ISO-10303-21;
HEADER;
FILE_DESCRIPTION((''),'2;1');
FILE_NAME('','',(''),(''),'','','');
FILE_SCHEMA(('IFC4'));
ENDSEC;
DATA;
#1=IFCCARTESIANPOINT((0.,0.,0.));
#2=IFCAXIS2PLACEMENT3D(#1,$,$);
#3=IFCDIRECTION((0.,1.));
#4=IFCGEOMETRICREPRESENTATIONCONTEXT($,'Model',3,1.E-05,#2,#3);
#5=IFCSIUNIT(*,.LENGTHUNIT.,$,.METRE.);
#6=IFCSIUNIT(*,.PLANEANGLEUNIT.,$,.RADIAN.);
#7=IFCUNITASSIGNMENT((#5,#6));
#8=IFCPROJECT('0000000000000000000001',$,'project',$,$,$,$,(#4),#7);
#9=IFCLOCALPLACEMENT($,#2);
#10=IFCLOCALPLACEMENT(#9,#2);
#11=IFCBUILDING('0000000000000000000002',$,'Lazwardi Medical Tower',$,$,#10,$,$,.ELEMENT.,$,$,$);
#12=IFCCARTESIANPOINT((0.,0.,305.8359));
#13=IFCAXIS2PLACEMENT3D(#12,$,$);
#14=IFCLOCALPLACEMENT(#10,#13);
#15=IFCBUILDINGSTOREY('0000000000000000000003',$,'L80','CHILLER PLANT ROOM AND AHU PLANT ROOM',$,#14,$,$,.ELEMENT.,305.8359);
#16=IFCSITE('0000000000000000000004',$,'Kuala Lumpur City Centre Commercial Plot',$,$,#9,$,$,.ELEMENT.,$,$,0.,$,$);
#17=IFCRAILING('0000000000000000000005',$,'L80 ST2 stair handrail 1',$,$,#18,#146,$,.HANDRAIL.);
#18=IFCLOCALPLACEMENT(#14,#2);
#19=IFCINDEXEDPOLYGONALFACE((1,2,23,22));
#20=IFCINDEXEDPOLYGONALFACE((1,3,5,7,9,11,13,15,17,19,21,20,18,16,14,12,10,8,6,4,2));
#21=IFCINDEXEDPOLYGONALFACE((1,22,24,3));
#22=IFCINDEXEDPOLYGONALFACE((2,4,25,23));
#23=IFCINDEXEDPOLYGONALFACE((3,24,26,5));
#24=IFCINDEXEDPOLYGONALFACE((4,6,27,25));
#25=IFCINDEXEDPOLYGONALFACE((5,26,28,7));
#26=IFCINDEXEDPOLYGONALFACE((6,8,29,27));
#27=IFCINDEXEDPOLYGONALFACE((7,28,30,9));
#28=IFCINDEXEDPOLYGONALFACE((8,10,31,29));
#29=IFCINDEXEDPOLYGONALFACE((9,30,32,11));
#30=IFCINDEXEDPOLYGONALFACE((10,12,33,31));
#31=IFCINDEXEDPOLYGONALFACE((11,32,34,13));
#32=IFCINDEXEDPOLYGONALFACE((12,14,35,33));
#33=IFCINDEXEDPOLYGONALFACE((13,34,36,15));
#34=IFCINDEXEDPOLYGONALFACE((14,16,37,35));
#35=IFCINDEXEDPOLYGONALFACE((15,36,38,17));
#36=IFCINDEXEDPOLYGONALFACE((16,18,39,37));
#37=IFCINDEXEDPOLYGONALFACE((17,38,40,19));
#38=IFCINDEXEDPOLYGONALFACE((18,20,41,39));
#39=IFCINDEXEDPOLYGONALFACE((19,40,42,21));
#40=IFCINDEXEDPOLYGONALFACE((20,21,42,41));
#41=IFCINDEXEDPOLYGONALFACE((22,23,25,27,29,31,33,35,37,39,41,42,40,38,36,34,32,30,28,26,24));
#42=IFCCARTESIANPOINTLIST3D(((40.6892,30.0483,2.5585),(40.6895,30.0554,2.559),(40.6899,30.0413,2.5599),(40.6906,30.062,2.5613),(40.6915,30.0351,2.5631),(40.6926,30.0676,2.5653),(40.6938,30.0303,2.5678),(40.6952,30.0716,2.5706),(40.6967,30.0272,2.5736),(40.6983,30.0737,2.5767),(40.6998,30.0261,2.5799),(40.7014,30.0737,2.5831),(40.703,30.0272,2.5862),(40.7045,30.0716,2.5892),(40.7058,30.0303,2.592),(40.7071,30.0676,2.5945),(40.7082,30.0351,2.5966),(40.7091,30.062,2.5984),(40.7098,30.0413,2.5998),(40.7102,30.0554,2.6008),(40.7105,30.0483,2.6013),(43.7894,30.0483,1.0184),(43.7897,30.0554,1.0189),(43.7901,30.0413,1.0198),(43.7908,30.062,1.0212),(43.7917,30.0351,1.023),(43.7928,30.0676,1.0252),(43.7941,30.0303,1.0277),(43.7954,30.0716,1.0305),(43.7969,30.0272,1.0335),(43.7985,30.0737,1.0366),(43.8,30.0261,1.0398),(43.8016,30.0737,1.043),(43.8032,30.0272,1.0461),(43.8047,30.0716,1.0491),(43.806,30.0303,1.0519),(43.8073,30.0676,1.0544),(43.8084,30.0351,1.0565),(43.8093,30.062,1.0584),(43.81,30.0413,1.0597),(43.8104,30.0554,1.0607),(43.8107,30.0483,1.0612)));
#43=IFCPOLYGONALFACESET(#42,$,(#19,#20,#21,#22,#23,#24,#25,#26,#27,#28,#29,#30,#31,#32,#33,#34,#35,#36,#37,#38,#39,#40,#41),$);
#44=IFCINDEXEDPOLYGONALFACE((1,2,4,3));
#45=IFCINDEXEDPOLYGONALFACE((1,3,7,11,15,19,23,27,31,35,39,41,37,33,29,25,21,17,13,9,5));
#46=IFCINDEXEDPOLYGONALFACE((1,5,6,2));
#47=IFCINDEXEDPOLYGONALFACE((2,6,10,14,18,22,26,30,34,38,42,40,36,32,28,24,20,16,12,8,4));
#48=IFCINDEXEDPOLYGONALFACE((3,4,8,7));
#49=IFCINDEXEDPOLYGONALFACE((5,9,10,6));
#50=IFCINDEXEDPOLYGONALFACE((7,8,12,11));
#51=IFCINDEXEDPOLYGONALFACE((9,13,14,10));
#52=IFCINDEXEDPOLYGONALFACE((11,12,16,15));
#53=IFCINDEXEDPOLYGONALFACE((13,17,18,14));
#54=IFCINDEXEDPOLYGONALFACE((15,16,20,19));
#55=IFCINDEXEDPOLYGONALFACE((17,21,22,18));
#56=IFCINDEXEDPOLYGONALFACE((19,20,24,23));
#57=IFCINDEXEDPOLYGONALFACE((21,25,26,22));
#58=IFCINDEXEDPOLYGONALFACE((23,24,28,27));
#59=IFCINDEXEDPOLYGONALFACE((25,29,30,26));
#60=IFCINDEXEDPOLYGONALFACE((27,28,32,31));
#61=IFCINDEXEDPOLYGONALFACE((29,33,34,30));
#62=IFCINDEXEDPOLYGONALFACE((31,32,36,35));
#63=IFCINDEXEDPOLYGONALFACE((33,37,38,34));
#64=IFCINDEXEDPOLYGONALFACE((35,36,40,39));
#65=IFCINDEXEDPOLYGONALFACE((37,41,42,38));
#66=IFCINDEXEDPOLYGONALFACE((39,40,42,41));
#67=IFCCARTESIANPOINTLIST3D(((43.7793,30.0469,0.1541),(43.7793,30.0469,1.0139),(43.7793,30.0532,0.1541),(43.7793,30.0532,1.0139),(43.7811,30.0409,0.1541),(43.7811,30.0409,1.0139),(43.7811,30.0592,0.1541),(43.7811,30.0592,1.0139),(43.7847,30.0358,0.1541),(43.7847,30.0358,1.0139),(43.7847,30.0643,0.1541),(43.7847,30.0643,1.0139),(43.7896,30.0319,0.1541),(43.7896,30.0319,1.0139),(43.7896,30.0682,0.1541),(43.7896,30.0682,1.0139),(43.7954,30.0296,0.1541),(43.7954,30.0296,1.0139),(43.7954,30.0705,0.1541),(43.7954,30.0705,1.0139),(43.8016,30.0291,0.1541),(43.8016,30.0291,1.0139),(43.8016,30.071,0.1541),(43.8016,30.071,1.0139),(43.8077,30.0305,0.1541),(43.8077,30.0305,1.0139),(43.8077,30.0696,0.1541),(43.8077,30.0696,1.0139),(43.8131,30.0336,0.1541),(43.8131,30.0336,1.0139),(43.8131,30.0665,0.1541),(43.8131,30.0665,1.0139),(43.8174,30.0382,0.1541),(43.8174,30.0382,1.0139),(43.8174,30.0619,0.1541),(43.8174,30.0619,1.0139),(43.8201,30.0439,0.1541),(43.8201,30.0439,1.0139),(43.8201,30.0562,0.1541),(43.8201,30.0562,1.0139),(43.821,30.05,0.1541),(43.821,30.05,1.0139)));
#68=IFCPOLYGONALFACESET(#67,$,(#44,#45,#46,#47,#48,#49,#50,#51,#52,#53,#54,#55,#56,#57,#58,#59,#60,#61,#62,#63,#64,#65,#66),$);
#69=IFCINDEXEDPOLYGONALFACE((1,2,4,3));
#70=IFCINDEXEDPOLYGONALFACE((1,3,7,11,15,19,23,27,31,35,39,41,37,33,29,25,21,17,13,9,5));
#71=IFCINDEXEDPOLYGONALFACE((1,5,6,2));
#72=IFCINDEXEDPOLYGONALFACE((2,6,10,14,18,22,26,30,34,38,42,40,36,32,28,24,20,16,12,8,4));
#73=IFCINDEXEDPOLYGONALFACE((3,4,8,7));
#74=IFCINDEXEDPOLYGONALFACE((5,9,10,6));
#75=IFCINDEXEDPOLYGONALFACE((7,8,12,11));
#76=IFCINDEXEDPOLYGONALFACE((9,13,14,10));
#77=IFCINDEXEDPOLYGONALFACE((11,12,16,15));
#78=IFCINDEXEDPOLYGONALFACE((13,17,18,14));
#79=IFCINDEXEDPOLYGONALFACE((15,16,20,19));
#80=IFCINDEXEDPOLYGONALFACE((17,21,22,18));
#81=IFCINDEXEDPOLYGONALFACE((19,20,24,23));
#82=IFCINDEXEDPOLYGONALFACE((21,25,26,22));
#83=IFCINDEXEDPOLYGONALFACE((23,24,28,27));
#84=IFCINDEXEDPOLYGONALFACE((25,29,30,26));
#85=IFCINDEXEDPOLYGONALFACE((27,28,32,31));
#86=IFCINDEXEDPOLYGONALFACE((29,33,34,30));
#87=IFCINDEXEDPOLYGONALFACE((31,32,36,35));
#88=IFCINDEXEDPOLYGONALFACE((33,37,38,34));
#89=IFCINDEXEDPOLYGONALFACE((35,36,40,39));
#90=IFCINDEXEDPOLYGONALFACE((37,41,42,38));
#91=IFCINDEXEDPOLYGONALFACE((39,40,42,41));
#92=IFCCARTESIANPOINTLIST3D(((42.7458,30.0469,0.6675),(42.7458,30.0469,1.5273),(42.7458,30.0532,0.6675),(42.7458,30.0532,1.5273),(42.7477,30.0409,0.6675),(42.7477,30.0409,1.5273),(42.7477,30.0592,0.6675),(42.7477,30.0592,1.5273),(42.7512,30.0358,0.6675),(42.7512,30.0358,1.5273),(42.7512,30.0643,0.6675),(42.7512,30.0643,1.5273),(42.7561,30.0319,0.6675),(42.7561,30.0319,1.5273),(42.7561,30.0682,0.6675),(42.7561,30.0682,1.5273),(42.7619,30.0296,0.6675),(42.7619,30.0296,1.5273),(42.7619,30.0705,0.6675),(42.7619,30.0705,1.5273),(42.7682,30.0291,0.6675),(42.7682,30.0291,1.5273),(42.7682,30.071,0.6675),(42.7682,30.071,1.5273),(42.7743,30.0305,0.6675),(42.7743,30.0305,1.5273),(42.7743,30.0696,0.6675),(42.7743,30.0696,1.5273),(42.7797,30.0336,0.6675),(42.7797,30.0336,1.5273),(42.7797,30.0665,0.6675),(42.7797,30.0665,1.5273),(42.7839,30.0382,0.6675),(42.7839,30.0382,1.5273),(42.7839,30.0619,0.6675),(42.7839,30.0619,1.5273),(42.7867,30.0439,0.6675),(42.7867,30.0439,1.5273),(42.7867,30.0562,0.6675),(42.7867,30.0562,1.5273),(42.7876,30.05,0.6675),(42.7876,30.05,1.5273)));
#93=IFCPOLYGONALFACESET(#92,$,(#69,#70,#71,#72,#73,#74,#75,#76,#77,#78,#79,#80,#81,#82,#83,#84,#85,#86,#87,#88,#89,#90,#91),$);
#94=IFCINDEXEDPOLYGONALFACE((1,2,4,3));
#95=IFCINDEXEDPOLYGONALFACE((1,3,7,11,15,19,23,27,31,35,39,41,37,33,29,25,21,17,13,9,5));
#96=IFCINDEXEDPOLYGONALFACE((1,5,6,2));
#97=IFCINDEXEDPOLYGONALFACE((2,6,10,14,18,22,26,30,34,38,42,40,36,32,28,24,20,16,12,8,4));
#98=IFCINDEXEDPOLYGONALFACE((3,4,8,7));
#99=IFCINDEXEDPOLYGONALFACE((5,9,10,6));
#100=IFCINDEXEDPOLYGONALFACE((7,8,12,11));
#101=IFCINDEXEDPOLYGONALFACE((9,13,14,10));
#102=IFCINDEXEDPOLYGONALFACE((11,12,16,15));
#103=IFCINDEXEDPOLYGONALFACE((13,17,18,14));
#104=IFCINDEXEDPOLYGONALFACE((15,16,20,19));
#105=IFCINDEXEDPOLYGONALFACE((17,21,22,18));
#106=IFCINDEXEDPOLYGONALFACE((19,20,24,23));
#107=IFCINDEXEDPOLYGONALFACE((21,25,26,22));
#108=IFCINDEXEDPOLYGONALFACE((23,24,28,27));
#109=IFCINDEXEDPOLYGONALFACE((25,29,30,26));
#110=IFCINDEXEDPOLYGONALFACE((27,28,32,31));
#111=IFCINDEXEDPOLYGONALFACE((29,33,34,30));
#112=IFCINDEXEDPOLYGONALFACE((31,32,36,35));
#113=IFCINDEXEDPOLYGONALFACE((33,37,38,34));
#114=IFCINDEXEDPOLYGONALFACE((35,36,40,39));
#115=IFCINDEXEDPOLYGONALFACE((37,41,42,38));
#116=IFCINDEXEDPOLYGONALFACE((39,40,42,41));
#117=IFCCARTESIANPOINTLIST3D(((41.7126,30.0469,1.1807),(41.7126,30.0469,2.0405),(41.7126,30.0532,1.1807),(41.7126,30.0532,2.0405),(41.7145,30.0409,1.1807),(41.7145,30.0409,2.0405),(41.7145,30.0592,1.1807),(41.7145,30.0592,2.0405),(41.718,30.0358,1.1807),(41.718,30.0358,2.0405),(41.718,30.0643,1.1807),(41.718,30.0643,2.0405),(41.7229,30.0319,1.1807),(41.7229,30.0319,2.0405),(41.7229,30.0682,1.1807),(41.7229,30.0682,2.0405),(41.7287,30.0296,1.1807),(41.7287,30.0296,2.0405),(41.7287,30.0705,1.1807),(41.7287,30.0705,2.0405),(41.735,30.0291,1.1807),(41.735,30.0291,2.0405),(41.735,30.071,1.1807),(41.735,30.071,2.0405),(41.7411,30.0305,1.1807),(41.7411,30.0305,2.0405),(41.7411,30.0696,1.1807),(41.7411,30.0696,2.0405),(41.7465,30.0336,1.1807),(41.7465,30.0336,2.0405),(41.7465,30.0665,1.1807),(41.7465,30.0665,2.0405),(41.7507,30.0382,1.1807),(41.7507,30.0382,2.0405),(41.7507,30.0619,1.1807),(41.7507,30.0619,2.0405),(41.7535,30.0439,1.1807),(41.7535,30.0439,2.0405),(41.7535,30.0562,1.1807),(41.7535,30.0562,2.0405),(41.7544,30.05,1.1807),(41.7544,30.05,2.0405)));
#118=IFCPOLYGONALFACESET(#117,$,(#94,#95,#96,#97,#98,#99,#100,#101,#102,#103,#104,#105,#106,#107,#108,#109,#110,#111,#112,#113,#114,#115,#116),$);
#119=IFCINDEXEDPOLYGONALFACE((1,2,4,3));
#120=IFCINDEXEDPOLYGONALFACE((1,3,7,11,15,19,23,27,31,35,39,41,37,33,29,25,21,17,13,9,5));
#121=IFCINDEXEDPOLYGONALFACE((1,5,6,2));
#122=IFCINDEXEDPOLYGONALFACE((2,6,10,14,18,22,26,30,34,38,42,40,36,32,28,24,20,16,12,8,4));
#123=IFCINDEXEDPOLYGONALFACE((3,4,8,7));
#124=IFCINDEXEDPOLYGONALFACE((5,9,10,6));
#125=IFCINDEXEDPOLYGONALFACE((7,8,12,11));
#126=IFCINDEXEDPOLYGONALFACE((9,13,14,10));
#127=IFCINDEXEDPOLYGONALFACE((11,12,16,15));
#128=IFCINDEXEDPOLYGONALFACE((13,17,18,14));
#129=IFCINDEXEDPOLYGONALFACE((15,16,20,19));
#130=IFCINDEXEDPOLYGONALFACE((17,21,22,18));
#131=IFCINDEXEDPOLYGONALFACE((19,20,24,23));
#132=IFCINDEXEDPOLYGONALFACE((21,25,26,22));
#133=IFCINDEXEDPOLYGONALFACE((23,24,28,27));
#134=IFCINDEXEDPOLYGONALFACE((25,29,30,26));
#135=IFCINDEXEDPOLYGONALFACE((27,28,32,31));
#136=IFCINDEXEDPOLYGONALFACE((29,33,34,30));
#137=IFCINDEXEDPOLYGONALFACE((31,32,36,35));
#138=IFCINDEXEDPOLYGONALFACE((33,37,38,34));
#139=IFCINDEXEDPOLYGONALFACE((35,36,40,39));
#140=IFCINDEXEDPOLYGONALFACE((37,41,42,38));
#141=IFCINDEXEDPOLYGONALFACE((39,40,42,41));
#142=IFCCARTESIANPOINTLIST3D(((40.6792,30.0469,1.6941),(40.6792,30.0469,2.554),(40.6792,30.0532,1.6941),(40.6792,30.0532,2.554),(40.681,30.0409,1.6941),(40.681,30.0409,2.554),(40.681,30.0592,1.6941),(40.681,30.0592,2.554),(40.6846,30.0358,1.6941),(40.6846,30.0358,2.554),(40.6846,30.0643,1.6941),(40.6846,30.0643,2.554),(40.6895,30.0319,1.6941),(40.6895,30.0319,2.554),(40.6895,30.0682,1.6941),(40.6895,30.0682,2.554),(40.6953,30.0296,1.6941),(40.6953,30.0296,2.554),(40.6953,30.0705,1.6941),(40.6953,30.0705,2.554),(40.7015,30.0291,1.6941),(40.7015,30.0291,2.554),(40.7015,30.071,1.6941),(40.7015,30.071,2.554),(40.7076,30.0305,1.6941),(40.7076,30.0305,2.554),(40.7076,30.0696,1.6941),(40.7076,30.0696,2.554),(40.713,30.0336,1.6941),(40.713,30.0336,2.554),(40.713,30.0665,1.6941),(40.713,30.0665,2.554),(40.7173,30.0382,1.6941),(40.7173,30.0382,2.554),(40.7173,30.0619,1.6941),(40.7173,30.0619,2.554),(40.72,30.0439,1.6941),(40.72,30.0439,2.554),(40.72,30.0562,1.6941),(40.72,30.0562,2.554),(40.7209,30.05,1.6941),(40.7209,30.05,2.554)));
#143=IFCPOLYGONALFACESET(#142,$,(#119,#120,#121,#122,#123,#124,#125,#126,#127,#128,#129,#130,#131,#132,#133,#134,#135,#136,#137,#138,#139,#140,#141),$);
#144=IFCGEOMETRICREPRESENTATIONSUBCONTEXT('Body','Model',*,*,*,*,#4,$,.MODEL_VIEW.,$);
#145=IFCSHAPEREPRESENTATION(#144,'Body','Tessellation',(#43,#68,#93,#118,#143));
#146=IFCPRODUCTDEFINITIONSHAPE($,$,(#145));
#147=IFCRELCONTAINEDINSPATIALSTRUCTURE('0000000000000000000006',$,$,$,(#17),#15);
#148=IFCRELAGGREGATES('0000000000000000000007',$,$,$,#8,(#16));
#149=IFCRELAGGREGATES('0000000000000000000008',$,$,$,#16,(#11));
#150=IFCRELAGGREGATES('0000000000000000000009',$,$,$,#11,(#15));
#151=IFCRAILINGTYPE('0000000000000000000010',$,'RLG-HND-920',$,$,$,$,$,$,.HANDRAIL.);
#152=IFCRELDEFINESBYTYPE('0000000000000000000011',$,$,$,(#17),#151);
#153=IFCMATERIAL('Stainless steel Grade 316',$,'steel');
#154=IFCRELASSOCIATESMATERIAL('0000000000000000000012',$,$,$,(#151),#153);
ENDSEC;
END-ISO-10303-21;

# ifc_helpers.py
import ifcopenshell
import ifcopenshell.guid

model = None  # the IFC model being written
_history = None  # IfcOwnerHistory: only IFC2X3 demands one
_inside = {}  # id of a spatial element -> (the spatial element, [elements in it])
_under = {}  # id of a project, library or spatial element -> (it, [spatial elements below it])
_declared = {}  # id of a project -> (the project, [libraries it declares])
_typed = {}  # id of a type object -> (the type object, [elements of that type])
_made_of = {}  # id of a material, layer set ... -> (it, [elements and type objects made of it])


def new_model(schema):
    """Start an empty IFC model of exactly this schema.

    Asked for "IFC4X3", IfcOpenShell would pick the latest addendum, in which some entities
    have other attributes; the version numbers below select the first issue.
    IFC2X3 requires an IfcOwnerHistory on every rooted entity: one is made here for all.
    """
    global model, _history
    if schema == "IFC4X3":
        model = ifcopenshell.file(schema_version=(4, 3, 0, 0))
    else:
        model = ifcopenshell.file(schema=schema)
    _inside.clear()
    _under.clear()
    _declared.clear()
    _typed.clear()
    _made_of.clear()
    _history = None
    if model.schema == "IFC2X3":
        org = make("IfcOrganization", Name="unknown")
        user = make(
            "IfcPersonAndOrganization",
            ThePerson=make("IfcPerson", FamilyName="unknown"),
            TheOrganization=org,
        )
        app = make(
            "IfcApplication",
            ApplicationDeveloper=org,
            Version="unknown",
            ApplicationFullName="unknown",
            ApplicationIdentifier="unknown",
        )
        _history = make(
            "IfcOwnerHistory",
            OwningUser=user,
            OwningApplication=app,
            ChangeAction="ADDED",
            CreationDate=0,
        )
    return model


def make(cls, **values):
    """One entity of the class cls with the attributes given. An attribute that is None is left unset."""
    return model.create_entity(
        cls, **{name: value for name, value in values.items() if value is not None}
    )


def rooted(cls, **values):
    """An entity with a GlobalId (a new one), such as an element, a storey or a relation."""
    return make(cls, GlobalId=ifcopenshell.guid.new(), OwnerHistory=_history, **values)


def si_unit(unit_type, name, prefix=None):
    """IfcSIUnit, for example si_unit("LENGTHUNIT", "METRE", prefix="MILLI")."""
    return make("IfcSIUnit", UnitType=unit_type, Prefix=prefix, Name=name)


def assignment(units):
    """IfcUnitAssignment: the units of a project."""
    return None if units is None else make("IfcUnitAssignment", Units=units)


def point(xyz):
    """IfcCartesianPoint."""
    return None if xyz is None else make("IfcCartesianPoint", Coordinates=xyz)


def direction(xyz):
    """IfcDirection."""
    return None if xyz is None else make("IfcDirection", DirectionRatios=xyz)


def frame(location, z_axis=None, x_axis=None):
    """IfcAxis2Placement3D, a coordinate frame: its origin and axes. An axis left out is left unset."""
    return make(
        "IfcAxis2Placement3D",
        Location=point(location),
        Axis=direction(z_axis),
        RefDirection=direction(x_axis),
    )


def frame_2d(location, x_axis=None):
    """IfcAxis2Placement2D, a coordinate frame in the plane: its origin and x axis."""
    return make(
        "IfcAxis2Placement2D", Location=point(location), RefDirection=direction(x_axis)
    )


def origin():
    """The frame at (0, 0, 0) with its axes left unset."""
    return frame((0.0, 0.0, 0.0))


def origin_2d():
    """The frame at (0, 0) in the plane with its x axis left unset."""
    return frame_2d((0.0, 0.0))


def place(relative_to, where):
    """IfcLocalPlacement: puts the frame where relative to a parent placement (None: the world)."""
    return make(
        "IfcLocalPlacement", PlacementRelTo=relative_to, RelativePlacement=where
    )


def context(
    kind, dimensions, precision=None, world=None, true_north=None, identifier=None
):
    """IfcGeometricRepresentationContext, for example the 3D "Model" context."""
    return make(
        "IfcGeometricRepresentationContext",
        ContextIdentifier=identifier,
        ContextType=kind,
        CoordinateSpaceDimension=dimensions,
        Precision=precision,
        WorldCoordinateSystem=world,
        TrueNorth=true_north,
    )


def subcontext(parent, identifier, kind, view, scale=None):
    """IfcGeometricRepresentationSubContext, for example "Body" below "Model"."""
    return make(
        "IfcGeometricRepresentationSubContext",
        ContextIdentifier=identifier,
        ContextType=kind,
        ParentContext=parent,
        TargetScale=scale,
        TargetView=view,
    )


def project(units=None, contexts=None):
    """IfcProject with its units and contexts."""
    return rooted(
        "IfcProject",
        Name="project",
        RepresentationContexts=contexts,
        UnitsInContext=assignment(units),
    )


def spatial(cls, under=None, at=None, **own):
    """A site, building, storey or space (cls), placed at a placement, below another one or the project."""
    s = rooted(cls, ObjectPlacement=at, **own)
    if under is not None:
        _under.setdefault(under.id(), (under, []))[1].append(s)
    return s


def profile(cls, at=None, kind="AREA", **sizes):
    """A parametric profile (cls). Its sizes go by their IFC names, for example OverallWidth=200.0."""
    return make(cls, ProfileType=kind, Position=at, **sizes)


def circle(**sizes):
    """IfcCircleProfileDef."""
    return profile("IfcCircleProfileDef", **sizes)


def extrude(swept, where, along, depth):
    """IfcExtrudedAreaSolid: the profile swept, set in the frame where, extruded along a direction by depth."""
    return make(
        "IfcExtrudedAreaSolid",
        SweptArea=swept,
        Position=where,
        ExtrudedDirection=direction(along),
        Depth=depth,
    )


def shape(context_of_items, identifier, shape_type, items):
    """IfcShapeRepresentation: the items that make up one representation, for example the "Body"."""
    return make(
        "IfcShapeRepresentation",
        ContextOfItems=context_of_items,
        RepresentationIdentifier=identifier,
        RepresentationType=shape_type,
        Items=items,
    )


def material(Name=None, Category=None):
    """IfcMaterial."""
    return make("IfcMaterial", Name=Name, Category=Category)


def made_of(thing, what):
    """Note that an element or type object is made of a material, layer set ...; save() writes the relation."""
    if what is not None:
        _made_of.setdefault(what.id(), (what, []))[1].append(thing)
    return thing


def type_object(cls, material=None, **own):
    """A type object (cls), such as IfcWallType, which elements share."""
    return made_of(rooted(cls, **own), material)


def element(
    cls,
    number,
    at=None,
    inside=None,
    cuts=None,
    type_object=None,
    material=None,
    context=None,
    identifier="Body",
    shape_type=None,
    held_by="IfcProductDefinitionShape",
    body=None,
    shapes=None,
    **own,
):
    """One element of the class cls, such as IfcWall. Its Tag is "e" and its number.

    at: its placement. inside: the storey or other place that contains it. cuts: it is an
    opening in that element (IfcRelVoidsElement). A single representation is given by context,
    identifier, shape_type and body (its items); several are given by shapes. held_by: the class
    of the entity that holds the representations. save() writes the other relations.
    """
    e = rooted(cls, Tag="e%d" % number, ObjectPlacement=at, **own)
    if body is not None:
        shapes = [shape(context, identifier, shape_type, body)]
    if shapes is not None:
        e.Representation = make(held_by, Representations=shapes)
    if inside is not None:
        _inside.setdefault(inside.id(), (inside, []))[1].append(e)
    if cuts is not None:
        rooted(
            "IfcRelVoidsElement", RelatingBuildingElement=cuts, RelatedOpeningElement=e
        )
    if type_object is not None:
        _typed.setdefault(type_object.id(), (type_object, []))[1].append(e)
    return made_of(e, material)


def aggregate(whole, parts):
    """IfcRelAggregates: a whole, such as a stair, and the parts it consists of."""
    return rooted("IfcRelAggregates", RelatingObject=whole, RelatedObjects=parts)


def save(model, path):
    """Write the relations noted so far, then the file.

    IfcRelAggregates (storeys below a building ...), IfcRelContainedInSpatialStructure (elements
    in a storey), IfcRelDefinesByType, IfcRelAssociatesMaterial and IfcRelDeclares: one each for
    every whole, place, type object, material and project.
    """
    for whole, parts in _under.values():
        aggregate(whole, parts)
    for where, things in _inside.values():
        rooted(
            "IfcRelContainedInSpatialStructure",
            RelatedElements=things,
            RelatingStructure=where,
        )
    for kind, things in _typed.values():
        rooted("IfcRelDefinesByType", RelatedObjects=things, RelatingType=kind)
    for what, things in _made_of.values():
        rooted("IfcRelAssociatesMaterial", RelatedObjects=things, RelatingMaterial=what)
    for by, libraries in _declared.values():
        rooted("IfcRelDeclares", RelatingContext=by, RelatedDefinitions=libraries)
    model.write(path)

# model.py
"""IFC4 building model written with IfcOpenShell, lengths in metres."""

from ifc_helpers import new_model, si_unit, direction, frame, origin, origin_2d, place, context, subcontext, project, spatial, circle, extrude, material, type_object, element, save


model = new_model("IFC4")

# Units and contexts
model_context = context("Model", 3, precision=1e-05, world=origin(), true_north=direction((0.0, 1.0)))
body_context = subcontext(model_context, "Body", "Model", "MODEL_VIEW")
ifc_project = project(units=[si_unit("LENGTHUNIT", "METRE"), si_unit("PLANEANGLEUNIT", "RADIAN")], contexts=[model_context])

# Site, building, storey
site_placement = place(None, origin())
site = spatial("IfcSite", under=ifc_project, at=site_placement, Name="Kuala Lumpur City Centre Commercial Plot", CompositionType="ELEMENT", RefElevation=0.0)
building_placement = place(site_placement, origin())
building = spatial("IfcBuilding", under=site, at=building_placement, Name="Lazwardi Medical Tower", CompositionType="ELEMENT")
storey_placement = place(building_placement, frame((0.0, 0.0, 305.8359)))
storey = spatial("IfcBuildingStorey", under=building, at=storey_placement, Name="L80", Description="CHILLER PLANT ROOM AND AHU PLANT ROOM", CompositionType="ELEMENT", Elevation=305.8359)

# Railing
ifc_material_1 = material(Name="Stainless steel Grade 316", Category="steel")
railing_type_1 = type_object("IfcRailingType", Name="RLG-HND-920", PredefinedType="HANDRAIL", material=ifc_material_1)
railing_1_placement = place(storey_placement, frame((43.8, 30.05, 0.1541)))
element("IfcRailing", 1, at=railing_1_placement, inside=storey, type_object=railing_type_1, Name="L80 ST2 stair handrail 1", PredefinedType="HANDRAIL", context=body_context, shape_type="SweptSolid", body=[
    extrude(circle(Radius=0.0239, at=origin_2d()), frame((0.0, 0.0, 0.8857), z_axis=(-0.895581, 0.0, 0.444899), x_axis=(0.0, -1.0, 0.0)), (0.0, 0.0, 1.0), 3.4617),
    extrude(circle(Radius=0.021, at=origin_2d()), origin(), (0.0, 0.0, 1.0), 0.8599),
    extrude(circle(Radius=0.021, at=origin_2d()), frame((-1.0334, 0.0, 0.5134)), (0.0, 0.0, 1.0), 0.8599),
    extrude(circle(Radius=0.021, at=origin_2d()), frame((-2.0667, 0.0, 1.0266)), (0.0, 0.0, 1.0), 0.8599),
    extrude(circle(Radius=0.021, at=origin_2d()), frame((-3.1001, 0.0, 1.54)), (0.0, 0.0, 1.0), 0.8599),
])

save(model, "model.ifc")
